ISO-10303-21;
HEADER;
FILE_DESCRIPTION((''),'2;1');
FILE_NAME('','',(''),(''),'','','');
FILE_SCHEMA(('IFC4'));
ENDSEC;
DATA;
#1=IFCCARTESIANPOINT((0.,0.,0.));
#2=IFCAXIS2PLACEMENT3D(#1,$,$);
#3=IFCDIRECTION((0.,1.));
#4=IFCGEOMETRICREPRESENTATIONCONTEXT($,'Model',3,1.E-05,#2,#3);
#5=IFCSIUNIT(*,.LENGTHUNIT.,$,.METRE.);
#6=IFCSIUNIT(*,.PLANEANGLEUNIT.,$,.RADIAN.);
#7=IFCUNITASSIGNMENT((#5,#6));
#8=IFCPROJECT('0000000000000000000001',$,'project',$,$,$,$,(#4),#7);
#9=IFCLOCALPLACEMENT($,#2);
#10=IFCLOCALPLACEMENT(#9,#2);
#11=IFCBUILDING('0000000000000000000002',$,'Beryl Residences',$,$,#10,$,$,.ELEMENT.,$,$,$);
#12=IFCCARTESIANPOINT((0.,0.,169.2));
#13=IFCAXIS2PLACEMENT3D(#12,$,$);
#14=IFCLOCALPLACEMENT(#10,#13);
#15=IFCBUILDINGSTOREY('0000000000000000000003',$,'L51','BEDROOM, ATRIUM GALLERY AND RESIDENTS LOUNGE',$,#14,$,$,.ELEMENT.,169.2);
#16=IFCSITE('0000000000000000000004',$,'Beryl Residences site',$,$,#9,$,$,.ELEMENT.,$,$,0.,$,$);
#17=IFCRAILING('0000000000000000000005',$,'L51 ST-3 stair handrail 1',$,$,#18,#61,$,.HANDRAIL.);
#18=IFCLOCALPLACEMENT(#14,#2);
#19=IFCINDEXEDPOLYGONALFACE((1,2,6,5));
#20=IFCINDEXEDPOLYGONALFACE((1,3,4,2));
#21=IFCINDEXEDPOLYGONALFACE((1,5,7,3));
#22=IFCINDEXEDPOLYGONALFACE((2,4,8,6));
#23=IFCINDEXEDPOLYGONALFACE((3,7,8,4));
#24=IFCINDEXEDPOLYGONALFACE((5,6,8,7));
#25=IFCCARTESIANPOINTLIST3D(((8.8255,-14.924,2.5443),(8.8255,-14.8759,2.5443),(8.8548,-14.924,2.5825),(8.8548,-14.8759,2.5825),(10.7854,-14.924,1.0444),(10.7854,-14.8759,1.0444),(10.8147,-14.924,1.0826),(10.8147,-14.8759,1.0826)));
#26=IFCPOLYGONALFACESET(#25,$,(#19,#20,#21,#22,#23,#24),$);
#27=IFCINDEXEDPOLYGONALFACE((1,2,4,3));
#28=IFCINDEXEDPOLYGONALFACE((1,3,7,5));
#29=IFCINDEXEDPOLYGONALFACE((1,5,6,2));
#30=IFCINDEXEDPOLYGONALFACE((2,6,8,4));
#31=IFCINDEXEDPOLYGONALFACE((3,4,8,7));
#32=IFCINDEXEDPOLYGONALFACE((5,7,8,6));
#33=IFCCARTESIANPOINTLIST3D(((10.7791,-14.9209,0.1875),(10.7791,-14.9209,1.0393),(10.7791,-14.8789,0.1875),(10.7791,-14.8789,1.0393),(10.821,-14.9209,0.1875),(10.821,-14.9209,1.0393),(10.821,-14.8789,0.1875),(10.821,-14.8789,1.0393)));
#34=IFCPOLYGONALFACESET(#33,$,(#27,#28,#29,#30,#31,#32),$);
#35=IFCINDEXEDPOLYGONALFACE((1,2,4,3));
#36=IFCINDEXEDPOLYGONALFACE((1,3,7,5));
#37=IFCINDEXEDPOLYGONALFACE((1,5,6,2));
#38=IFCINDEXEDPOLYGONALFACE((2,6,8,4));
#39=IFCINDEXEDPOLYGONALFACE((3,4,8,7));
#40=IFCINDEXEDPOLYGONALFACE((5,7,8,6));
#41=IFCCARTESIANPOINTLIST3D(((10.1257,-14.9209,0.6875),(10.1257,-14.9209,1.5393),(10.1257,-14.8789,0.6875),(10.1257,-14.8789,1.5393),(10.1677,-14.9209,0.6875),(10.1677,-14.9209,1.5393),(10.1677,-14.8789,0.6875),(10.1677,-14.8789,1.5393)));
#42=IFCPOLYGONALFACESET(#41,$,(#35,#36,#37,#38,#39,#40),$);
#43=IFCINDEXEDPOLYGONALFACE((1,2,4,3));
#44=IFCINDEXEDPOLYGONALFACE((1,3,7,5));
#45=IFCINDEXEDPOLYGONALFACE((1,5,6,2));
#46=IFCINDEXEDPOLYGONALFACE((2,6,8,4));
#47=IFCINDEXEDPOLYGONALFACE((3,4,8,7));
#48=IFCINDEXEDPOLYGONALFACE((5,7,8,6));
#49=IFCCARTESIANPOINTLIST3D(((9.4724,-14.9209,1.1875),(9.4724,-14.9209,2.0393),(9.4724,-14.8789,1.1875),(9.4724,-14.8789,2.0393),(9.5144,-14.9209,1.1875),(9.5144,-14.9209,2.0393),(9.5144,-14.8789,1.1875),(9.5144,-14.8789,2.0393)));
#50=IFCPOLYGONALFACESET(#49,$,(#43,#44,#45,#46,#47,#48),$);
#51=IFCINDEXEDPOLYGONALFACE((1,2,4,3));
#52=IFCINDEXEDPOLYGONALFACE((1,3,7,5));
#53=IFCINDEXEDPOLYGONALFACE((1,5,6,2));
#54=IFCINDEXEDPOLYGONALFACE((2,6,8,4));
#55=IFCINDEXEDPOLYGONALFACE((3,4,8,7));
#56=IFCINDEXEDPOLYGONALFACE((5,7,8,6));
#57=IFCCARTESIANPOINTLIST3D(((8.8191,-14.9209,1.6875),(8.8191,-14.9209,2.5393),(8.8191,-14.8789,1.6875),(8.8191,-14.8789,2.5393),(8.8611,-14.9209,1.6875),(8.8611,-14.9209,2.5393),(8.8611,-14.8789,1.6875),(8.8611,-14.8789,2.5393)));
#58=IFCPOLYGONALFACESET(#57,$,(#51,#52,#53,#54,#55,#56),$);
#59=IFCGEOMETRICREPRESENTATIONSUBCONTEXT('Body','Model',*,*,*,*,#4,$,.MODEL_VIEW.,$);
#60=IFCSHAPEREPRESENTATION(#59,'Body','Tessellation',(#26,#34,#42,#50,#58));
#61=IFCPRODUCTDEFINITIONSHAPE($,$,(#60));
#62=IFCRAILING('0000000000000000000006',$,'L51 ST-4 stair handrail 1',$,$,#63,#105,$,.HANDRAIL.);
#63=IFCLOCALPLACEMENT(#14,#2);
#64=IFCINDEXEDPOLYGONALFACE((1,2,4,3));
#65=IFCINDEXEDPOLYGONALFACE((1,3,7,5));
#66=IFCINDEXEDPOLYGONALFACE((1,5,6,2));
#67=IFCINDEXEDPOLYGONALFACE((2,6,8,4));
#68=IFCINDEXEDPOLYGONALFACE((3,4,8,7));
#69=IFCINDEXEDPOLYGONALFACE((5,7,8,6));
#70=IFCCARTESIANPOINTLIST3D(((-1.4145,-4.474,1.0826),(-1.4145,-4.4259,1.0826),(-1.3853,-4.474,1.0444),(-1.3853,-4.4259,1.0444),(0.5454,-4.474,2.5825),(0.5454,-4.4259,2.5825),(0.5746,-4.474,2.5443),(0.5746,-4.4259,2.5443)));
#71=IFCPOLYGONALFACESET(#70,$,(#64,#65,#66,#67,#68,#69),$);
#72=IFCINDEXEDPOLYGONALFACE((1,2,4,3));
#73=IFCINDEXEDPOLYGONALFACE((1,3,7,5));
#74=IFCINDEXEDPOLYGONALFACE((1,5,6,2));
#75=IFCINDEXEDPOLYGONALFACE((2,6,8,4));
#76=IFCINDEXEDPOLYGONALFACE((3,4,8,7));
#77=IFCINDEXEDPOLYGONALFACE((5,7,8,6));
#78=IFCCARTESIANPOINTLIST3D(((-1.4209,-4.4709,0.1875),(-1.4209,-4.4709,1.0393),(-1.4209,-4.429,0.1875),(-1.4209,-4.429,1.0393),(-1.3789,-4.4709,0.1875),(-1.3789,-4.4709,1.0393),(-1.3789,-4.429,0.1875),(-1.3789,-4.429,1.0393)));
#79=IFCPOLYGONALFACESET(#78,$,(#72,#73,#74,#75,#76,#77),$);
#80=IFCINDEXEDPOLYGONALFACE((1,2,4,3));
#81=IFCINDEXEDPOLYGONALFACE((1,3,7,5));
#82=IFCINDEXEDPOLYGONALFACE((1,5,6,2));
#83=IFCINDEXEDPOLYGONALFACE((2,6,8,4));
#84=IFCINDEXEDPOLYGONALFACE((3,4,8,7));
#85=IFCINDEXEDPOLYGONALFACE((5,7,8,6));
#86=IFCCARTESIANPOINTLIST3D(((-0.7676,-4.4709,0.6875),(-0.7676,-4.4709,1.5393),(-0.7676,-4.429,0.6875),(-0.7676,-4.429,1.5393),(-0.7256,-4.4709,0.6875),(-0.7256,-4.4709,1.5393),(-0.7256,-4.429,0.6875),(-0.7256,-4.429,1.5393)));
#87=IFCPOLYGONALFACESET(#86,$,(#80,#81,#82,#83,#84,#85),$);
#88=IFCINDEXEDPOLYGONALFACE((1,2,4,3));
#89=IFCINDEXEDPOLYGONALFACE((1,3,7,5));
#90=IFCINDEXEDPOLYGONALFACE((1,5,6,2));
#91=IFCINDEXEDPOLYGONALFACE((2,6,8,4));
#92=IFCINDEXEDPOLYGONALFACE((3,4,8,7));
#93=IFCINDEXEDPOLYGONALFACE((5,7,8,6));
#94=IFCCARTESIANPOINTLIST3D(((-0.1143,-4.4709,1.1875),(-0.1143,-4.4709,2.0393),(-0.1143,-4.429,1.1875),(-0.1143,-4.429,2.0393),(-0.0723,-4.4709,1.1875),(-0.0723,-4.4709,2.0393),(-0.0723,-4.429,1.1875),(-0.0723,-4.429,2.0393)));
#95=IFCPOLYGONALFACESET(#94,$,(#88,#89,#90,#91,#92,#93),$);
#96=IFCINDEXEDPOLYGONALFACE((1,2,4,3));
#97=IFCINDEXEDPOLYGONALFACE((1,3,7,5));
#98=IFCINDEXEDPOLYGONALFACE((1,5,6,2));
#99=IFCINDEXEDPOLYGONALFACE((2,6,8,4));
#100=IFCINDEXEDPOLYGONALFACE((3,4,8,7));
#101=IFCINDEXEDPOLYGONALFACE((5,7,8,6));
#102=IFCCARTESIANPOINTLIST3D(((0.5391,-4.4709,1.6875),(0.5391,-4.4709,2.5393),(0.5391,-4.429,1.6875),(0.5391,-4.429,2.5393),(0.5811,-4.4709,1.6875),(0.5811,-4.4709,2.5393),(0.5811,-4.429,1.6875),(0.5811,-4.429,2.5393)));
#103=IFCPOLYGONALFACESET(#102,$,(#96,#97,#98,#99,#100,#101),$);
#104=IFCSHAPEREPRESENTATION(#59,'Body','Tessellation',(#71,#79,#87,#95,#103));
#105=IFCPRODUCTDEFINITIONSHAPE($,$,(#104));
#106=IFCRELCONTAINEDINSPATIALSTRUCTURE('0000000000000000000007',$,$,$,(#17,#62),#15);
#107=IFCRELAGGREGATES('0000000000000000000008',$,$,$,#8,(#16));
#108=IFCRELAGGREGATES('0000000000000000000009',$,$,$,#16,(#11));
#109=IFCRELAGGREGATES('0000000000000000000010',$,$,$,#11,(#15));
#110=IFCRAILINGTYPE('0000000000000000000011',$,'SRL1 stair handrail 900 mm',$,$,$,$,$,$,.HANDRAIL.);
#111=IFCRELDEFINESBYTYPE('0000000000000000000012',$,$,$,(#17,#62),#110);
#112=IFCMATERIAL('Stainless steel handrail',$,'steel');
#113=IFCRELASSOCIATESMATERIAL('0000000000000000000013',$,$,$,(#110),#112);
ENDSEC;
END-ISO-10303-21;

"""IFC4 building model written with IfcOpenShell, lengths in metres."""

from ifc_helpers import new_model, si_unit, direction, frame, origin, origin_2d, place, context, subcontext, project, spatial, rectangle, extrude, material, type_object, element, save


model = new_model("IFC4")

# Units and contexts
model_context = context("Model", 3, precision=1e-05, world=origin(), true_north=direction((0.0, 1.0)))
body_context = subcontext(model_context, "Body", "Model", "MODEL_VIEW")
ifc_project = project(units=[si_unit("LENGTHUNIT", "METRE"), si_unit("PLANEANGLEUNIT", "RADIAN")], contexts=[model_context])

# Site, building, storey
site_placement = place(None, origin())
site = spatial("IfcSite", under=ifc_project, at=site_placement, Name="Beryl Residences site", CompositionType="ELEMENT", RefElevation=0.0)
building_placement = place(site_placement, origin())
building = spatial("IfcBuilding", under=site, at=building_placement, Name="Beryl Residences", CompositionType="ELEMENT")
storey_placement = place(building_placement, frame((0.0, 0.0, 169.2)))
storey = spatial("IfcBuildingStorey", under=building, at=storey_placement, Name="L51", Description="BEDROOM, ATRIUM GALLERY AND RESIDENTS LOUNGE", CompositionType="ELEMENT", Elevation=169.2)

# Railings
ifc_material_1 = material(Name="Stainless steel handrail", Category="steel")
railing_type_1 = type_object("IfcRailingType", Name="SRL1 stair handrail 900 mm", PredefinedType="HANDRAIL", material=ifc_material_1)
railing_1_placement = place(storey_placement, frame((10.8, -14.8999, 0.1875)))
element("IfcRailing", 1, at=railing_1_placement, inside=storey, type_object=railing_type_1, Name="L51 ST-3 stair handrail 1", PredefinedType="HANDRAIL", context=body_context, shape_type="SweptSolid", body=[
    extrude(rectangle(XDim=0.0481, YDim=0.0481, at=origin_2d()), frame((0.0, 0.0, 0.876), z_axis=(-0.794122, 0.0, 0.607758), x_axis=(0.0, -1.0, 0.0)), (0.0, 0.0, 1.0), 2.468),
    extrude(rectangle(XDim=0.042, YDim=0.042, at=origin_2d()), origin(), (0.0, 0.0, 1.0), 0.8518),
    extrude(rectangle(XDim=0.042, YDim=0.042, at=origin_2d()), frame((-0.6533, 0.0, 0.5)), (0.0, 0.0, 1.0), 0.8518),
    extrude(rectangle(XDim=0.042, YDim=0.042, at=origin_2d()), frame((-1.3066, 0.0, 1.0)), (0.0, 0.0, 1.0), 0.8518),
    extrude(rectangle(XDim=0.042, YDim=0.042, at=origin_2d()), frame((-1.96, 0.0, 1.5)), (0.0, 0.0, 1.0), 0.8518),
])
railing_2_placement = place(storey_placement, frame((-1.3999, -4.45, 0.1875)))
element("IfcRailing", 2, at=railing_2_placement, inside=storey, type_object=railing_type_1, Name="L51 ST-4 stair handrail 1", PredefinedType="HANDRAIL", context=body_context, shape_type="SweptSolid", body=[
    extrude(rectangle(XDim=0.0481, YDim=0.0481, at=origin_2d()), frame((0.0, 0.0, 0.876), z_axis=(0.794122, 0.0, 0.607758), x_axis=(0.0, 1.0, 0.0)), (0.0, 0.0, 1.0), 2.468),
    extrude(rectangle(XDim=0.042, YDim=0.042, at=origin_2d()), origin(), (0.0, 0.0, 1.0), 0.8518),
    extrude(rectangle(XDim=0.042, YDim=0.042, at=origin_2d()), frame((0.6533, 0.0, 0.5)), (0.0, 0.0, 1.0), 0.8518),
    extrude(rectangle(XDim=0.042, YDim=0.042, at=origin_2d()), frame((1.3066, 0.0, 1.0)), (0.0, 0.0, 1.0), 0.8518),
    extrude(rectangle(XDim=0.042, YDim=0.042, at=origin_2d()), frame((1.96, 0.0, 1.5)), (0.0, 0.0, 1.0), 0.8518),
])

save(model, "model.ifc")
